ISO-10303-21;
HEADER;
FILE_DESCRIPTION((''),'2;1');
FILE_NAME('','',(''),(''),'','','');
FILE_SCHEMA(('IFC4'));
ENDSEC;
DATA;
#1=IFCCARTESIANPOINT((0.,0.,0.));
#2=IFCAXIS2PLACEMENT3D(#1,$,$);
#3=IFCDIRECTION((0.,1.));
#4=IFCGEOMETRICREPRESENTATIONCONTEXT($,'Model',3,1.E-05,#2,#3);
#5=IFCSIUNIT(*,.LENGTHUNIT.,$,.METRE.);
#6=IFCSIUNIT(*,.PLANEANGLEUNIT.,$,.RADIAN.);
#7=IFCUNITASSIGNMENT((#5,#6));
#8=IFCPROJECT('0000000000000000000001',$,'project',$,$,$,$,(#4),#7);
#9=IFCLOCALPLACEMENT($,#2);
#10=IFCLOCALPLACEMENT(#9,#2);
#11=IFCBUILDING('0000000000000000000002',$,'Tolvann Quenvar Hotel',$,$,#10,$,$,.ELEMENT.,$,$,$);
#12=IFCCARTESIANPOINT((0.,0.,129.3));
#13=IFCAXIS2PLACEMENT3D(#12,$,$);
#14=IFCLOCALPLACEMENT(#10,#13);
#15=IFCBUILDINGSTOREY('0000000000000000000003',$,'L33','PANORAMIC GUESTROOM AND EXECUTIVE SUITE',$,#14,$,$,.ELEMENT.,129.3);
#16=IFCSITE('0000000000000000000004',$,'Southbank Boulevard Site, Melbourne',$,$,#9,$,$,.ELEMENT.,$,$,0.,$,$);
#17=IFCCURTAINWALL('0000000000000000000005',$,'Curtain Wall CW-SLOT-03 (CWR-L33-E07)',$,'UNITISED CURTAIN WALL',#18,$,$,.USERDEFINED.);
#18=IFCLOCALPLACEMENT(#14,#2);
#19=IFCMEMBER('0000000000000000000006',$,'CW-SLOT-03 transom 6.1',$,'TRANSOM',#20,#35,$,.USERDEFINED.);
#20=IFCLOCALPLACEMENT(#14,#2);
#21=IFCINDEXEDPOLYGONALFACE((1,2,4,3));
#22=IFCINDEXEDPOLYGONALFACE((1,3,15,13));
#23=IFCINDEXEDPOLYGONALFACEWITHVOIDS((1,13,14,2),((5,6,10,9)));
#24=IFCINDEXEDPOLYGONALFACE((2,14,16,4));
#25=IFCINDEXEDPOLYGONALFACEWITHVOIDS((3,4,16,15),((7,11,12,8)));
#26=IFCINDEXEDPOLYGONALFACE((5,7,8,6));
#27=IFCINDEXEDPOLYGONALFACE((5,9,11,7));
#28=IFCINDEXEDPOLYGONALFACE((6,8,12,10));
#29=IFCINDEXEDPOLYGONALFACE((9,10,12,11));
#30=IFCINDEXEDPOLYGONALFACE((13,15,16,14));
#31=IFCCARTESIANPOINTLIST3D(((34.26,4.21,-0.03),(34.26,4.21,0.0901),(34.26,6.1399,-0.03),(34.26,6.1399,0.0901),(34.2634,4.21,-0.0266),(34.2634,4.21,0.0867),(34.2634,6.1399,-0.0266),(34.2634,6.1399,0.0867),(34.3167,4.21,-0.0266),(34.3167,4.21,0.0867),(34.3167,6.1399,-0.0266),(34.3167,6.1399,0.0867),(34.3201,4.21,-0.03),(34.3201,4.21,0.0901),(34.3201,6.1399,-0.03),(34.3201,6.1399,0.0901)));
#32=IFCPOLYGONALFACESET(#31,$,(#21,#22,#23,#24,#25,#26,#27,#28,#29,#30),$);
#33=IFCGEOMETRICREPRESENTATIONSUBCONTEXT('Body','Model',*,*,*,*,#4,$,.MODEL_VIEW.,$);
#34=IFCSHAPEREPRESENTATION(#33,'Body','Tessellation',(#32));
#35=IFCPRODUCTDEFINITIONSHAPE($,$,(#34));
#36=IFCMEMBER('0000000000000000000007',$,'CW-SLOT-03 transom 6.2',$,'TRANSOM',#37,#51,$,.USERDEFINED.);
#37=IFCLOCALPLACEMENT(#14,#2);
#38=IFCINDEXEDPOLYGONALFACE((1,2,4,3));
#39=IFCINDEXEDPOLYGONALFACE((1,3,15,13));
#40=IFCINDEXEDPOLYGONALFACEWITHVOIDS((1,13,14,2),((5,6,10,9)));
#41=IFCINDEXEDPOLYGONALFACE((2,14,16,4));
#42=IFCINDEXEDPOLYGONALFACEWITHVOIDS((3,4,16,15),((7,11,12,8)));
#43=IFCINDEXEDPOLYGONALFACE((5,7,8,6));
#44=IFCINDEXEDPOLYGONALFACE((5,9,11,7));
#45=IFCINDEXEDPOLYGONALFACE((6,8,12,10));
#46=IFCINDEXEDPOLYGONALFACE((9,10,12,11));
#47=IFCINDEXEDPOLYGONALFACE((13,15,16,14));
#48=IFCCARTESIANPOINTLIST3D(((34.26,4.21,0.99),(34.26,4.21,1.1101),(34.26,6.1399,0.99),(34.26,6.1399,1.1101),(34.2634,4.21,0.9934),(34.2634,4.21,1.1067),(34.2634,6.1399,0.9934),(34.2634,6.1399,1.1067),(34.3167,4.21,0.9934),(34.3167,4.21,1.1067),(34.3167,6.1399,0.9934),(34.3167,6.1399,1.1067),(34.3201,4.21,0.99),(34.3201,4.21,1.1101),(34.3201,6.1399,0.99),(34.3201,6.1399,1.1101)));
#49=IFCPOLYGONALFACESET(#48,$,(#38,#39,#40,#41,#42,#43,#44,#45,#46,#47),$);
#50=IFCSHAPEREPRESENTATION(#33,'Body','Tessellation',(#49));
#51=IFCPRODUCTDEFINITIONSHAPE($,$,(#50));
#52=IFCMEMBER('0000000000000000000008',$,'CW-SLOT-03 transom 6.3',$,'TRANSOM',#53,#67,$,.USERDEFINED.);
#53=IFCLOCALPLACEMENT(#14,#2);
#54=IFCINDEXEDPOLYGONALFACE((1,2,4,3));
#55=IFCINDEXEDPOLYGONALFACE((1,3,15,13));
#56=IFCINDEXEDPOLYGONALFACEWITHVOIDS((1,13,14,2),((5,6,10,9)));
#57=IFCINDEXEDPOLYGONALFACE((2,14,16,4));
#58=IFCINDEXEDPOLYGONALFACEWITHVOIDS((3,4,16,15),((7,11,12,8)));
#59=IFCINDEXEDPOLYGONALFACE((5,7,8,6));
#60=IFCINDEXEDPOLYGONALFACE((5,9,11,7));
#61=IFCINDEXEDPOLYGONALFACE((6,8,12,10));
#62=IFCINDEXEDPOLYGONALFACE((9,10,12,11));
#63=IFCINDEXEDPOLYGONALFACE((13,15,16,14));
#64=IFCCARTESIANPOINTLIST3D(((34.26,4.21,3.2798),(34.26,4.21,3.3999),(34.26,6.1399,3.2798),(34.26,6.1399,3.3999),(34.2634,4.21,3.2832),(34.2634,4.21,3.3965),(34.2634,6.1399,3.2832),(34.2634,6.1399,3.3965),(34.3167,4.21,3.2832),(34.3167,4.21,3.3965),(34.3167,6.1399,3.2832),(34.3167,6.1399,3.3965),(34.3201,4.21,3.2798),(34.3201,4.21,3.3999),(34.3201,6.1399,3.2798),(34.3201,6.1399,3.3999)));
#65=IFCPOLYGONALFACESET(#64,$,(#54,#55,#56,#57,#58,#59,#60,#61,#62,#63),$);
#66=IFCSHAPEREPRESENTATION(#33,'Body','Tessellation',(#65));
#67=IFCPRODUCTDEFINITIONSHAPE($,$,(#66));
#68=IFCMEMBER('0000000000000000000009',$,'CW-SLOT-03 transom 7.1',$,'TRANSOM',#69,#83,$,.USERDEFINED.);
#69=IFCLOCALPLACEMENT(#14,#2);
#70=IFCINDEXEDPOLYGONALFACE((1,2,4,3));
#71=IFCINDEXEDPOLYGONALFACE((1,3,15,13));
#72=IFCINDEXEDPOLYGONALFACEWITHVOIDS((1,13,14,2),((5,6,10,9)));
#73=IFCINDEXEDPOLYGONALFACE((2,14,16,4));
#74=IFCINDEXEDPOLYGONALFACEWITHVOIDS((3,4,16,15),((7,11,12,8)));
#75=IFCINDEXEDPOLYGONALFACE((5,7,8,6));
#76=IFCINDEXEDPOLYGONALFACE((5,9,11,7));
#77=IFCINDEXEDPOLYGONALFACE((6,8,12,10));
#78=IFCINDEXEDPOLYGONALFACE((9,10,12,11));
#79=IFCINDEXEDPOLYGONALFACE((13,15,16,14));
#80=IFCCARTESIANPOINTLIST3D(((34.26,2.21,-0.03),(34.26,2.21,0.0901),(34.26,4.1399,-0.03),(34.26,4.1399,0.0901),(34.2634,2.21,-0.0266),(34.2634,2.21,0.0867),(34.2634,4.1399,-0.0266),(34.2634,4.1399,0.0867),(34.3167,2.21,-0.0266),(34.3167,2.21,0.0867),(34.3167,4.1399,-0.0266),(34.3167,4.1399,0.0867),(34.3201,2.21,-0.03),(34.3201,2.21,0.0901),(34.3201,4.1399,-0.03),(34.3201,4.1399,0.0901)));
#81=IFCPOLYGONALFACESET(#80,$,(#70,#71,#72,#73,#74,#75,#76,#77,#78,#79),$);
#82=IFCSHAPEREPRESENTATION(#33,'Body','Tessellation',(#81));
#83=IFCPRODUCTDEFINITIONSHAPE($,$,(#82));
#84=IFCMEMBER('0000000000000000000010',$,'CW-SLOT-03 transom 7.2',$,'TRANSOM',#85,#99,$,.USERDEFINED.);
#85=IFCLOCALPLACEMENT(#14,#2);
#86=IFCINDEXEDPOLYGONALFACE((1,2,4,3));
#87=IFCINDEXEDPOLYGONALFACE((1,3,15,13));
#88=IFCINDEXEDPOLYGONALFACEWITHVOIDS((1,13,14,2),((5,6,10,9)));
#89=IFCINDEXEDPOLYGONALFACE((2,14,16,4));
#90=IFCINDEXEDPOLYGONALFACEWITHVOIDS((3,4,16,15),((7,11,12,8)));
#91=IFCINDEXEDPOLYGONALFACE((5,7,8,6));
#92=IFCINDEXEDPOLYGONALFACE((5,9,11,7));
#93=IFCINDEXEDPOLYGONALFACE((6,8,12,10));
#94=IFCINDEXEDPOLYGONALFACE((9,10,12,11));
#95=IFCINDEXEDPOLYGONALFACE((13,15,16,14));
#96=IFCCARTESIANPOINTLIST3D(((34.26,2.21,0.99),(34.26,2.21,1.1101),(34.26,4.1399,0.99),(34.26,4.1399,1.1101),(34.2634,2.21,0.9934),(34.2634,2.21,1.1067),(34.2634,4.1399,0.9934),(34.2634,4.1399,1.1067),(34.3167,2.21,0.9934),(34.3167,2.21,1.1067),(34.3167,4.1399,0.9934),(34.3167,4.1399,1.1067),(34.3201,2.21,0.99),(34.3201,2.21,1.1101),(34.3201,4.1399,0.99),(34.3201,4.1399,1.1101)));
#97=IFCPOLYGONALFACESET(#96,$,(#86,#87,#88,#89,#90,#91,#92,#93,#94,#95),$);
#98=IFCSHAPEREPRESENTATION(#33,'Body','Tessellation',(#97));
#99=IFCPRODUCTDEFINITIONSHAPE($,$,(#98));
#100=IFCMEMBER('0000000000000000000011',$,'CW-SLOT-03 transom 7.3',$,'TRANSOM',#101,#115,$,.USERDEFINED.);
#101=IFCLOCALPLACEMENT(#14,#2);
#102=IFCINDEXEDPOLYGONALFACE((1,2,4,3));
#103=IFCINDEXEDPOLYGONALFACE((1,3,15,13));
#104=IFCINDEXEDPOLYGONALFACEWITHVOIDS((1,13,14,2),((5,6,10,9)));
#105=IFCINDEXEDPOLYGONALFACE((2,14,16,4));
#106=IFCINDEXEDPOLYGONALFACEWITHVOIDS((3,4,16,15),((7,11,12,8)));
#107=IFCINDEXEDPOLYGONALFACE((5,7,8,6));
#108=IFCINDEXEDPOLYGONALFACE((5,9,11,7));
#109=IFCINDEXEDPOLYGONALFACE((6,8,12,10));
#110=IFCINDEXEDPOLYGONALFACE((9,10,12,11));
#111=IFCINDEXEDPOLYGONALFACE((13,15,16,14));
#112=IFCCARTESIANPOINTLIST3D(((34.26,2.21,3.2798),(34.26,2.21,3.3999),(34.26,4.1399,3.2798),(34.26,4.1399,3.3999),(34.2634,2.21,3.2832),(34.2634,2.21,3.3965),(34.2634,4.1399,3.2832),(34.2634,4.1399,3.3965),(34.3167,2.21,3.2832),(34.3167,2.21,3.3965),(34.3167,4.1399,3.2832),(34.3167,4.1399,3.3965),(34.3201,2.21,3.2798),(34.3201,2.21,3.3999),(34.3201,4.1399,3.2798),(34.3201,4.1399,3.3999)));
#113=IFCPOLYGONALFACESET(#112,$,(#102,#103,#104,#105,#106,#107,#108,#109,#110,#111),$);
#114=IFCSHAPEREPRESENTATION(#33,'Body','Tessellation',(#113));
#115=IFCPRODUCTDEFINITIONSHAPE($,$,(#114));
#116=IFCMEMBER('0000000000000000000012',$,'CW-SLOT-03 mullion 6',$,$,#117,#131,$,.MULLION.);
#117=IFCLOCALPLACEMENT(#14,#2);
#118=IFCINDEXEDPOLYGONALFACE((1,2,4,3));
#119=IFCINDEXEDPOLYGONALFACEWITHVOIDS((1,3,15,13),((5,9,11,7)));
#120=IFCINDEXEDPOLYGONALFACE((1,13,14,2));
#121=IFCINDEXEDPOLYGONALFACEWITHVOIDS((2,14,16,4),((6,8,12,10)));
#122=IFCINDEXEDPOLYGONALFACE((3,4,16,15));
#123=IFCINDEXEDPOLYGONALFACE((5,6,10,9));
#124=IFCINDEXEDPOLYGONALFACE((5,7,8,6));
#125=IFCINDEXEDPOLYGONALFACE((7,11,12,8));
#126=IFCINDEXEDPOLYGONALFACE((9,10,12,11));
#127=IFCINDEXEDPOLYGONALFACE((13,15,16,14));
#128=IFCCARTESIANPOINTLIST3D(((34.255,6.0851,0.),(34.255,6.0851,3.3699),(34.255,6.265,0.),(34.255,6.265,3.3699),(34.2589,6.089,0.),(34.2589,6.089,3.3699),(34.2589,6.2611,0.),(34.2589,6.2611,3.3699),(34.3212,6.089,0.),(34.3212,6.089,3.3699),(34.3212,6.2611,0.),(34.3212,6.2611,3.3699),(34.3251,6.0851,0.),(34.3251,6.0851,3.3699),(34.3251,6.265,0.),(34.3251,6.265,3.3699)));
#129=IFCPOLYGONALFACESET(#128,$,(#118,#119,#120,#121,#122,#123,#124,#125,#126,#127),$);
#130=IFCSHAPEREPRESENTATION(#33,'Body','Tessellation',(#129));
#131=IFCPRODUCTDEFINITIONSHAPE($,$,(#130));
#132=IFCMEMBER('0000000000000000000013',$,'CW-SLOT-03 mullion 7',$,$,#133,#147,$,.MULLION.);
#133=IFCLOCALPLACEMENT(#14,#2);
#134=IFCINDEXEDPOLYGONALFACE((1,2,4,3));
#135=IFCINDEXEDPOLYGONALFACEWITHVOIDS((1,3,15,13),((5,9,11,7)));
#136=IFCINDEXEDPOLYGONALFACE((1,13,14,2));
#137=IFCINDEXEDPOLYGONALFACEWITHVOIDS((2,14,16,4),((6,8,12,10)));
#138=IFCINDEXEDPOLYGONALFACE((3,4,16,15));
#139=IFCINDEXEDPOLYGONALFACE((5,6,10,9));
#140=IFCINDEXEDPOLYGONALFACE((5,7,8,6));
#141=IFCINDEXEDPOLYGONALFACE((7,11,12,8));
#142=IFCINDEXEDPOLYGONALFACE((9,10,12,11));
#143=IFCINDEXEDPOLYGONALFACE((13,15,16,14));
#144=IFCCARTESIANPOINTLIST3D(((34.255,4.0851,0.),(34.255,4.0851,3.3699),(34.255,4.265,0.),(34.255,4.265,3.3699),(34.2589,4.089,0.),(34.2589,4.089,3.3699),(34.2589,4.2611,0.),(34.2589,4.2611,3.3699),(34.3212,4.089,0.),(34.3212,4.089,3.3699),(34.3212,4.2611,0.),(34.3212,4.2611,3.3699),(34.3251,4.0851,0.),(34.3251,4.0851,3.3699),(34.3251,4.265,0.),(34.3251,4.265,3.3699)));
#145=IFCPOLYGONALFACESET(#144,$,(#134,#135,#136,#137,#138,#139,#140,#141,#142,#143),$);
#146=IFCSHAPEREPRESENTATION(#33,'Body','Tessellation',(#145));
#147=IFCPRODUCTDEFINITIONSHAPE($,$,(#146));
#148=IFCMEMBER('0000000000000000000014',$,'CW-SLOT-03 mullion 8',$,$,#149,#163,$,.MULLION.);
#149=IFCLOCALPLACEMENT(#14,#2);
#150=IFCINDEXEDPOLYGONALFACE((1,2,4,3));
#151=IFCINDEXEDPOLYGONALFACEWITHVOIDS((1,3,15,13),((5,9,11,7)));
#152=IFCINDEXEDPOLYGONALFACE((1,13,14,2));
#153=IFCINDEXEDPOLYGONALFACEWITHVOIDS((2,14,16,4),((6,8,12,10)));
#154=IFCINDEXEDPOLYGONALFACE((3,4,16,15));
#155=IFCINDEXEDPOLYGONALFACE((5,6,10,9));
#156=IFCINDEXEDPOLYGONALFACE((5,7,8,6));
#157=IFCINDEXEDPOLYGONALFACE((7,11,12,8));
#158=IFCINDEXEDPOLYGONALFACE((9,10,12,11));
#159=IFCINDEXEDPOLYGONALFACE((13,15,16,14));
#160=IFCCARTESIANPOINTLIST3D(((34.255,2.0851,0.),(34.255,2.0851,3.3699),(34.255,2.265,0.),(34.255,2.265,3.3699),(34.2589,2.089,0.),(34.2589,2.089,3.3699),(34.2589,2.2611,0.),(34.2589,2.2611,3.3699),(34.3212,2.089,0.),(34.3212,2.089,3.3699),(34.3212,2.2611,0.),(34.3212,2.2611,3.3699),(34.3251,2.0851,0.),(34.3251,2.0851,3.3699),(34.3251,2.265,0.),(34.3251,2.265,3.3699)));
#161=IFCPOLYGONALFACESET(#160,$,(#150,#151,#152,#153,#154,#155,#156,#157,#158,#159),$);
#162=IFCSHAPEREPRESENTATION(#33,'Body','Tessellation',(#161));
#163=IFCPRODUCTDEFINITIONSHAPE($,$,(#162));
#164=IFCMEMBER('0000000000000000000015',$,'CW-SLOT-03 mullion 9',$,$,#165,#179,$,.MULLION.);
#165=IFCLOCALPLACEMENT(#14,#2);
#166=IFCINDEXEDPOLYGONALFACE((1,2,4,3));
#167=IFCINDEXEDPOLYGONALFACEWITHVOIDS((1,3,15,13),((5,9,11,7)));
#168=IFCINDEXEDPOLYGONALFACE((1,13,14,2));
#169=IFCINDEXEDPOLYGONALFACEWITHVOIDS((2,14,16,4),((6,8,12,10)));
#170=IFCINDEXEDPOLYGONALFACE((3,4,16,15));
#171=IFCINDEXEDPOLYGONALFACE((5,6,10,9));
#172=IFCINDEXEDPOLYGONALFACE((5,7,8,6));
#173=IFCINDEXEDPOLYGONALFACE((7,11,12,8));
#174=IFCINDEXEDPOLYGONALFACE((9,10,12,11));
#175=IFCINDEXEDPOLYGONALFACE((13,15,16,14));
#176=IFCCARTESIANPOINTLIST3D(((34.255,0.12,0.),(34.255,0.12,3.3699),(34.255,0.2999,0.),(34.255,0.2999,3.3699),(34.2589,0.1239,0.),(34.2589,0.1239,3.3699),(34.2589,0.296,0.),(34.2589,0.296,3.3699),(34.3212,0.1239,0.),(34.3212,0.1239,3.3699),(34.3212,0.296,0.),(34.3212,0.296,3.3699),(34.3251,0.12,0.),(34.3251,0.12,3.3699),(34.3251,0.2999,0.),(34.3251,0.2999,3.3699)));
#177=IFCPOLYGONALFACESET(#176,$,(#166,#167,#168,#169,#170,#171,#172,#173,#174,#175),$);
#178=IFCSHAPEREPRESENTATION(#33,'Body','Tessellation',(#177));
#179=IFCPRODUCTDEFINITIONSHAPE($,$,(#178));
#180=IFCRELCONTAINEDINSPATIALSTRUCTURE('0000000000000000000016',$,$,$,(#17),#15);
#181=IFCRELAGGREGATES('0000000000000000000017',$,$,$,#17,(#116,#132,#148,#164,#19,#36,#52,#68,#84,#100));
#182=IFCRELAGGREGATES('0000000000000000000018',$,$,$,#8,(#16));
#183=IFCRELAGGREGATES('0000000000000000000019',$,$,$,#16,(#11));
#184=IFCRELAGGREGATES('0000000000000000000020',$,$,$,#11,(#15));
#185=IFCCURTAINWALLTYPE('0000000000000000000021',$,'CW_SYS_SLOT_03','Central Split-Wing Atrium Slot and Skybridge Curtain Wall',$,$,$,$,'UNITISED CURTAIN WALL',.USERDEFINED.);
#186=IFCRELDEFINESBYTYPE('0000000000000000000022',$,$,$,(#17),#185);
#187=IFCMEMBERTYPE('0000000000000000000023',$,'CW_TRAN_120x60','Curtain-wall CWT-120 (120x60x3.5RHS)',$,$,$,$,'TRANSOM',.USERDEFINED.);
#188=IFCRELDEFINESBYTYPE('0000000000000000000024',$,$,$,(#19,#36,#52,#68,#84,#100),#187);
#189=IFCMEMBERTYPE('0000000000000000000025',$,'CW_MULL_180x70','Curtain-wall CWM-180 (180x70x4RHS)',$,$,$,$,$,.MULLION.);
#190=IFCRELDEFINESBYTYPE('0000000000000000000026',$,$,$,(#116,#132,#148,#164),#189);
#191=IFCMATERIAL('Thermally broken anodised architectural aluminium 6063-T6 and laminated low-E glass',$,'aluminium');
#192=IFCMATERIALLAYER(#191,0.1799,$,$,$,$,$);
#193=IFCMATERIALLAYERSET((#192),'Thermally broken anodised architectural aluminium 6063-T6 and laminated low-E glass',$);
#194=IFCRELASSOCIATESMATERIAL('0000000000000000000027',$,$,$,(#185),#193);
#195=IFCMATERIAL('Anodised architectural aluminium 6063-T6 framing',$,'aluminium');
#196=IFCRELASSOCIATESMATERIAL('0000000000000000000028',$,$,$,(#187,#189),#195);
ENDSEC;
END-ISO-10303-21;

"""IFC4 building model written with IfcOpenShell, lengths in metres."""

from ifc_helpers import new_model, si_unit, direction, frame, origin, origin_2d, place, context, subcontext, project, spatial, hollow_rectangle, extrude, source, transform, mapped, material, layer, layer_set, material_profile, profile_set, type_object, type_shapes, element, aggregate, save


model = new_model("IFC4")

# Units and contexts
model_context = context("Model", 3, precision=1e-05, world=origin(), true_north=direction((0.0, 1.0)))
body_context = subcontext(model_context, "Body", "Model", "MODEL_VIEW")
ifc_project = project(units=[si_unit("LENGTHUNIT", "METRE"), si_unit("PLANEANGLEUNIT", "RADIAN")], contexts=[model_context])

# Site, building, storey
site_placement = place(None, origin())
site = spatial("IfcSite", under=ifc_project, at=site_placement, Name="Southbank Boulevard Site, Melbourne", CompositionType="ELEMENT", RefElevation=0.0)
building_placement = place(site_placement, origin())
building = spatial("IfcBuilding", under=site, at=building_placement, Name="Tolvann Quenvar Hotel", CompositionType="ELEMENT")
storey_placement = place(building_placement, frame((0.0, 0.0, 129.3)))
storey = spatial("IfcBuildingStorey", under=building, at=storey_placement, Name="L33", Description="PANORAMIC GUESTROOM AND EXECUTIVE SUITE", CompositionType="ELEMENT", Elevation=129.3)

# Curtain wall, members
ifc_material_1 = material(Name="Thermally broken anodised architectural aluminium 6063-T6 and laminated low-E glass", Category="aluminium")
ifc_layer_1 = layer(ifc_material_1, 0.1799)
ifc_layer_set_1 = layer_set([ifc_layer_1], Name="Thermally broken anodised architectural aluminium 6063-T6 and laminated low-E glass")
curtain_wall_type = type_object("IfcCurtainWallType", Name="CW_SYS_SLOT_03", Description="Central Split-Wing Atrium Slot and Skybridge Curtain Wall", ElementType="UNITISED CURTAIN WALL", PredefinedType="USERDEFINED", material=ifc_layer_set_1)
curtain_wall_placement = place(storey_placement, origin())
curtain_wall = element("IfcCurtainWall", 1, at=curtain_wall_placement, inside=storey, type_object=curtain_wall_type, Name="Curtain Wall CW-SLOT-03 (CWR-L33-E07)", ObjectType="UNITISED CURTAIN WALL", PredefinedType="USERDEFINED")
ifc_material_2 = material(Name="Anodised architectural aluminium 6063-T6 framing", Category="aluminium")
ifc_material_profile_1 = material_profile(ifc_material_2, hollow_rectangle(XDim=0.0601, YDim=0.1201, WallThickness=0.0034, at=origin_2d()), Name="120x60x3.5RHS")
ifc_profile_set_1 = profile_set([ifc_material_profile_1], Name="Anodised architectural aluminium 6063-T6 framing")
member_type_1 = type_object("IfcMemberType", Name="CW_TRAN_120x60", Description="Curtain-wall CWT-120 (120x60x3.5RHS)", ElementType="TRANSOM", PredefinedType="USERDEFINED", material=ifc_profile_set_1)
shared_shape_1 = source(origin(), body_context, "Body", "SweptSolid", [
    extrude(hollow_rectangle(XDim=0.0601, YDim=0.1201, WallThickness=0.0034, at=origin_2d()), origin(), (0.0, 0.0, 1.0), 1.9299),
])
member_1_placement = place(storey_placement, frame((34.29, 6.1399, 0.03), z_axis=(0.0, -1.0, 0.0), x_axis=(1.0, 0.0, 0.0)))
member_1 = element("IfcMember", 2, at=member_1_placement, type_object=member_type_1, Name="CW-SLOT-03 transom 6.1", ObjectType="TRANSOM", PredefinedType="USERDEFINED", context=body_context, shape_type="MappedRepresentation", body=[
    mapped(shared_shape_1, transform((0.0, 0.0, 0.0), x_axis=(1.0, 0.0, 0.0), y_axis=(0.0, 1.0, 0.0), z_axis=(0.0, 0.0, 1.0), scale=1.0)),
])
member_2_placement = place(storey_placement, frame((34.29, 6.1399, 1.05), z_axis=(0.0, -1.0, 0.0), x_axis=(1.0, 0.0, 0.0)))
member_2 = element("IfcMember", 3, at=member_2_placement, type_object=member_type_1, Name="CW-SLOT-03 transom 6.2", ObjectType="TRANSOM", PredefinedType="USERDEFINED", context=body_context, shape_type="MappedRepresentation", body=[
    mapped(shared_shape_1, transform((0.0, 0.0, 0.0), x_axis=(1.0, 0.0, 0.0), y_axis=(0.0, 1.0, 0.0), z_axis=(0.0, 0.0, 1.0), scale=1.0)),
])
member_3_placement = place(storey_placement, frame((34.29, 6.1399, 3.3398), z_axis=(0.0, -1.0, 0.0), x_axis=(1.0, 0.0, 0.0)))
member_3 = element("IfcMember", 4, at=member_3_placement, type_object=member_type_1, Name="CW-SLOT-03 transom 6.3", ObjectType="TRANSOM", PredefinedType="USERDEFINED", context=body_context, shape_type="MappedRepresentation", body=[
    mapped(shared_shape_1, transform((0.0, 0.0, 0.0), x_axis=(1.0, 0.0, 0.0), y_axis=(0.0, 1.0, 0.0), z_axis=(0.0, 0.0, 1.0), scale=1.0)),
])
member_4_placement = place(storey_placement, frame((34.29, 4.1399, 0.03), z_axis=(0.0, -1.0, 0.0), x_axis=(1.0, 0.0, 0.0)))
member_4 = element("IfcMember", 5, at=member_4_placement, type_object=member_type_1, Name="CW-SLOT-03 transom 7.1", ObjectType="TRANSOM", PredefinedType="USERDEFINED", context=body_context, shape_type="MappedRepresentation", body=[
    mapped(shared_shape_1, transform((0.0, 0.0, 0.0), x_axis=(1.0, 0.0, 0.0), y_axis=(0.0, 1.0, 0.0), z_axis=(0.0, 0.0, 1.0), scale=1.0)),
])
member_5_placement = place(storey_placement, frame((34.29, 4.1399, 1.05), z_axis=(0.0, -1.0, 0.0), x_axis=(1.0, 0.0, 0.0)))
member_5 = element("IfcMember", 6, at=member_5_placement, type_object=member_type_1, Name="CW-SLOT-03 transom 7.2", ObjectType="TRANSOM", PredefinedType="USERDEFINED", context=body_context, shape_type="MappedRepresentation", body=[
    mapped(shared_shape_1, transform((0.0, 0.0, 0.0), x_axis=(1.0, 0.0, 0.0), y_axis=(0.0, 1.0, 0.0), z_axis=(0.0, 0.0, 1.0), scale=1.0)),
])
member_6_placement = place(storey_placement, frame((34.29, 4.1399, 3.3398), z_axis=(0.0, -1.0, 0.0), x_axis=(1.0, 0.0, 0.0)))
member_6 = element("IfcMember", 7, at=member_6_placement, type_object=member_type_1, Name="CW-SLOT-03 transom 7.3", ObjectType="TRANSOM", PredefinedType="USERDEFINED", context=body_context, shape_type="MappedRepresentation", body=[
    mapped(shared_shape_1, transform((0.0, 0.0, 0.0), x_axis=(1.0, 0.0, 0.0), y_axis=(0.0, 1.0, 0.0), z_axis=(0.0, 0.0, 1.0), scale=1.0)),
])
ifc_material_profile_2 = material_profile(ifc_material_2, hollow_rectangle(XDim=0.0701, YDim=0.1799, WallThickness=0.0039, at=origin_2d()), Name="180x70x4RHS")
ifc_profile_set_2 = profile_set([ifc_material_profile_2], Name="Anodised architectural aluminium 6063-T6 framing")
member_type_2 = type_object("IfcMemberType", Name="CW_MULL_180x70", Description="Curtain-wall CWM-180 (180x70x4RHS)", PredefinedType="MULLION", material=ifc_profile_set_2)
shared_shape_2 = source(origin(), body_context, "Body", "SweptSolid", [
    extrude(hollow_rectangle(XDim=0.0701, YDim=0.1799, WallThickness=0.0039, at=origin_2d()), origin(), (0.0, 0.0, 1.0), 3.3699),
])
type_shapes(member_type_2, [shared_shape_2])
member_7_placement = place(storey_placement, frame((34.29, 6.175, 0.0), z_axis=(0.0, 0.0, 1.0), x_axis=(1.0, 0.0, 0.0)))
member_7 = element("IfcMember", 8, at=member_7_placement, type_object=member_type_2, Name="CW-SLOT-03 mullion 6", PredefinedType="MULLION", context=body_context, shape_type="MappedRepresentation", body=[
    mapped(shared_shape_2, transform((0.0, 0.0, 0.0), x_axis=(1.0, 0.0, 0.0), y_axis=(0.0, 1.0, 0.0), z_axis=(0.0, 0.0, 1.0), scale=1.0)),
])
member_8_placement = place(storey_placement, frame((34.29, 4.175, 0.0), z_axis=(0.0, 0.0, 1.0), x_axis=(1.0, 0.0, 0.0)))
member_8 = element("IfcMember", 9, at=member_8_placement, type_object=member_type_2, Name="CW-SLOT-03 mullion 7", PredefinedType="MULLION", context=body_context, shape_type="MappedRepresentation", body=[
    mapped(shared_shape_2, transform((0.0, 0.0, 0.0), x_axis=(1.0, 0.0, 0.0), y_axis=(0.0, 1.0, 0.0), z_axis=(0.0, 0.0, 1.0), scale=1.0)),
])
member_9_placement = place(storey_placement, frame((34.29, 2.175, 0.0), z_axis=(0.0, 0.0, 1.0), x_axis=(1.0, 0.0, 0.0)))
member_9 = element("IfcMember", 10, at=member_9_placement, type_object=member_type_2, Name="CW-SLOT-03 mullion 8", PredefinedType="MULLION", context=body_context, shape_type="MappedRepresentation", body=[
    mapped(shared_shape_2, transform((0.0, 0.0, 0.0), x_axis=(1.0, 0.0, 0.0), y_axis=(0.0, 1.0, 0.0), z_axis=(0.0, 0.0, 1.0), scale=1.0)),
])
member_10_placement = place(storey_placement, frame((34.29, 0.21, 0.0), z_axis=(0.0, 0.0, 1.0), x_axis=(1.0, 0.0, 0.0)))
member_10 = element("IfcMember", 11, at=member_10_placement, type_object=member_type_2, Name="CW-SLOT-03 mullion 9", PredefinedType="MULLION", context=body_context, shape_type="MappedRepresentation", body=[
    mapped(shared_shape_2, transform((0.0, 0.0, 0.0), x_axis=(1.0, 0.0, 0.0), y_axis=(0.0, 1.0, 0.0), z_axis=(0.0, 0.0, 1.0), scale=1.0)),
])
aggregate(curtain_wall, [member_7, member_8, member_9, member_10, member_1, member_2, member_3, member_4, member_5, member_6])

save(model, "model.ifc")
